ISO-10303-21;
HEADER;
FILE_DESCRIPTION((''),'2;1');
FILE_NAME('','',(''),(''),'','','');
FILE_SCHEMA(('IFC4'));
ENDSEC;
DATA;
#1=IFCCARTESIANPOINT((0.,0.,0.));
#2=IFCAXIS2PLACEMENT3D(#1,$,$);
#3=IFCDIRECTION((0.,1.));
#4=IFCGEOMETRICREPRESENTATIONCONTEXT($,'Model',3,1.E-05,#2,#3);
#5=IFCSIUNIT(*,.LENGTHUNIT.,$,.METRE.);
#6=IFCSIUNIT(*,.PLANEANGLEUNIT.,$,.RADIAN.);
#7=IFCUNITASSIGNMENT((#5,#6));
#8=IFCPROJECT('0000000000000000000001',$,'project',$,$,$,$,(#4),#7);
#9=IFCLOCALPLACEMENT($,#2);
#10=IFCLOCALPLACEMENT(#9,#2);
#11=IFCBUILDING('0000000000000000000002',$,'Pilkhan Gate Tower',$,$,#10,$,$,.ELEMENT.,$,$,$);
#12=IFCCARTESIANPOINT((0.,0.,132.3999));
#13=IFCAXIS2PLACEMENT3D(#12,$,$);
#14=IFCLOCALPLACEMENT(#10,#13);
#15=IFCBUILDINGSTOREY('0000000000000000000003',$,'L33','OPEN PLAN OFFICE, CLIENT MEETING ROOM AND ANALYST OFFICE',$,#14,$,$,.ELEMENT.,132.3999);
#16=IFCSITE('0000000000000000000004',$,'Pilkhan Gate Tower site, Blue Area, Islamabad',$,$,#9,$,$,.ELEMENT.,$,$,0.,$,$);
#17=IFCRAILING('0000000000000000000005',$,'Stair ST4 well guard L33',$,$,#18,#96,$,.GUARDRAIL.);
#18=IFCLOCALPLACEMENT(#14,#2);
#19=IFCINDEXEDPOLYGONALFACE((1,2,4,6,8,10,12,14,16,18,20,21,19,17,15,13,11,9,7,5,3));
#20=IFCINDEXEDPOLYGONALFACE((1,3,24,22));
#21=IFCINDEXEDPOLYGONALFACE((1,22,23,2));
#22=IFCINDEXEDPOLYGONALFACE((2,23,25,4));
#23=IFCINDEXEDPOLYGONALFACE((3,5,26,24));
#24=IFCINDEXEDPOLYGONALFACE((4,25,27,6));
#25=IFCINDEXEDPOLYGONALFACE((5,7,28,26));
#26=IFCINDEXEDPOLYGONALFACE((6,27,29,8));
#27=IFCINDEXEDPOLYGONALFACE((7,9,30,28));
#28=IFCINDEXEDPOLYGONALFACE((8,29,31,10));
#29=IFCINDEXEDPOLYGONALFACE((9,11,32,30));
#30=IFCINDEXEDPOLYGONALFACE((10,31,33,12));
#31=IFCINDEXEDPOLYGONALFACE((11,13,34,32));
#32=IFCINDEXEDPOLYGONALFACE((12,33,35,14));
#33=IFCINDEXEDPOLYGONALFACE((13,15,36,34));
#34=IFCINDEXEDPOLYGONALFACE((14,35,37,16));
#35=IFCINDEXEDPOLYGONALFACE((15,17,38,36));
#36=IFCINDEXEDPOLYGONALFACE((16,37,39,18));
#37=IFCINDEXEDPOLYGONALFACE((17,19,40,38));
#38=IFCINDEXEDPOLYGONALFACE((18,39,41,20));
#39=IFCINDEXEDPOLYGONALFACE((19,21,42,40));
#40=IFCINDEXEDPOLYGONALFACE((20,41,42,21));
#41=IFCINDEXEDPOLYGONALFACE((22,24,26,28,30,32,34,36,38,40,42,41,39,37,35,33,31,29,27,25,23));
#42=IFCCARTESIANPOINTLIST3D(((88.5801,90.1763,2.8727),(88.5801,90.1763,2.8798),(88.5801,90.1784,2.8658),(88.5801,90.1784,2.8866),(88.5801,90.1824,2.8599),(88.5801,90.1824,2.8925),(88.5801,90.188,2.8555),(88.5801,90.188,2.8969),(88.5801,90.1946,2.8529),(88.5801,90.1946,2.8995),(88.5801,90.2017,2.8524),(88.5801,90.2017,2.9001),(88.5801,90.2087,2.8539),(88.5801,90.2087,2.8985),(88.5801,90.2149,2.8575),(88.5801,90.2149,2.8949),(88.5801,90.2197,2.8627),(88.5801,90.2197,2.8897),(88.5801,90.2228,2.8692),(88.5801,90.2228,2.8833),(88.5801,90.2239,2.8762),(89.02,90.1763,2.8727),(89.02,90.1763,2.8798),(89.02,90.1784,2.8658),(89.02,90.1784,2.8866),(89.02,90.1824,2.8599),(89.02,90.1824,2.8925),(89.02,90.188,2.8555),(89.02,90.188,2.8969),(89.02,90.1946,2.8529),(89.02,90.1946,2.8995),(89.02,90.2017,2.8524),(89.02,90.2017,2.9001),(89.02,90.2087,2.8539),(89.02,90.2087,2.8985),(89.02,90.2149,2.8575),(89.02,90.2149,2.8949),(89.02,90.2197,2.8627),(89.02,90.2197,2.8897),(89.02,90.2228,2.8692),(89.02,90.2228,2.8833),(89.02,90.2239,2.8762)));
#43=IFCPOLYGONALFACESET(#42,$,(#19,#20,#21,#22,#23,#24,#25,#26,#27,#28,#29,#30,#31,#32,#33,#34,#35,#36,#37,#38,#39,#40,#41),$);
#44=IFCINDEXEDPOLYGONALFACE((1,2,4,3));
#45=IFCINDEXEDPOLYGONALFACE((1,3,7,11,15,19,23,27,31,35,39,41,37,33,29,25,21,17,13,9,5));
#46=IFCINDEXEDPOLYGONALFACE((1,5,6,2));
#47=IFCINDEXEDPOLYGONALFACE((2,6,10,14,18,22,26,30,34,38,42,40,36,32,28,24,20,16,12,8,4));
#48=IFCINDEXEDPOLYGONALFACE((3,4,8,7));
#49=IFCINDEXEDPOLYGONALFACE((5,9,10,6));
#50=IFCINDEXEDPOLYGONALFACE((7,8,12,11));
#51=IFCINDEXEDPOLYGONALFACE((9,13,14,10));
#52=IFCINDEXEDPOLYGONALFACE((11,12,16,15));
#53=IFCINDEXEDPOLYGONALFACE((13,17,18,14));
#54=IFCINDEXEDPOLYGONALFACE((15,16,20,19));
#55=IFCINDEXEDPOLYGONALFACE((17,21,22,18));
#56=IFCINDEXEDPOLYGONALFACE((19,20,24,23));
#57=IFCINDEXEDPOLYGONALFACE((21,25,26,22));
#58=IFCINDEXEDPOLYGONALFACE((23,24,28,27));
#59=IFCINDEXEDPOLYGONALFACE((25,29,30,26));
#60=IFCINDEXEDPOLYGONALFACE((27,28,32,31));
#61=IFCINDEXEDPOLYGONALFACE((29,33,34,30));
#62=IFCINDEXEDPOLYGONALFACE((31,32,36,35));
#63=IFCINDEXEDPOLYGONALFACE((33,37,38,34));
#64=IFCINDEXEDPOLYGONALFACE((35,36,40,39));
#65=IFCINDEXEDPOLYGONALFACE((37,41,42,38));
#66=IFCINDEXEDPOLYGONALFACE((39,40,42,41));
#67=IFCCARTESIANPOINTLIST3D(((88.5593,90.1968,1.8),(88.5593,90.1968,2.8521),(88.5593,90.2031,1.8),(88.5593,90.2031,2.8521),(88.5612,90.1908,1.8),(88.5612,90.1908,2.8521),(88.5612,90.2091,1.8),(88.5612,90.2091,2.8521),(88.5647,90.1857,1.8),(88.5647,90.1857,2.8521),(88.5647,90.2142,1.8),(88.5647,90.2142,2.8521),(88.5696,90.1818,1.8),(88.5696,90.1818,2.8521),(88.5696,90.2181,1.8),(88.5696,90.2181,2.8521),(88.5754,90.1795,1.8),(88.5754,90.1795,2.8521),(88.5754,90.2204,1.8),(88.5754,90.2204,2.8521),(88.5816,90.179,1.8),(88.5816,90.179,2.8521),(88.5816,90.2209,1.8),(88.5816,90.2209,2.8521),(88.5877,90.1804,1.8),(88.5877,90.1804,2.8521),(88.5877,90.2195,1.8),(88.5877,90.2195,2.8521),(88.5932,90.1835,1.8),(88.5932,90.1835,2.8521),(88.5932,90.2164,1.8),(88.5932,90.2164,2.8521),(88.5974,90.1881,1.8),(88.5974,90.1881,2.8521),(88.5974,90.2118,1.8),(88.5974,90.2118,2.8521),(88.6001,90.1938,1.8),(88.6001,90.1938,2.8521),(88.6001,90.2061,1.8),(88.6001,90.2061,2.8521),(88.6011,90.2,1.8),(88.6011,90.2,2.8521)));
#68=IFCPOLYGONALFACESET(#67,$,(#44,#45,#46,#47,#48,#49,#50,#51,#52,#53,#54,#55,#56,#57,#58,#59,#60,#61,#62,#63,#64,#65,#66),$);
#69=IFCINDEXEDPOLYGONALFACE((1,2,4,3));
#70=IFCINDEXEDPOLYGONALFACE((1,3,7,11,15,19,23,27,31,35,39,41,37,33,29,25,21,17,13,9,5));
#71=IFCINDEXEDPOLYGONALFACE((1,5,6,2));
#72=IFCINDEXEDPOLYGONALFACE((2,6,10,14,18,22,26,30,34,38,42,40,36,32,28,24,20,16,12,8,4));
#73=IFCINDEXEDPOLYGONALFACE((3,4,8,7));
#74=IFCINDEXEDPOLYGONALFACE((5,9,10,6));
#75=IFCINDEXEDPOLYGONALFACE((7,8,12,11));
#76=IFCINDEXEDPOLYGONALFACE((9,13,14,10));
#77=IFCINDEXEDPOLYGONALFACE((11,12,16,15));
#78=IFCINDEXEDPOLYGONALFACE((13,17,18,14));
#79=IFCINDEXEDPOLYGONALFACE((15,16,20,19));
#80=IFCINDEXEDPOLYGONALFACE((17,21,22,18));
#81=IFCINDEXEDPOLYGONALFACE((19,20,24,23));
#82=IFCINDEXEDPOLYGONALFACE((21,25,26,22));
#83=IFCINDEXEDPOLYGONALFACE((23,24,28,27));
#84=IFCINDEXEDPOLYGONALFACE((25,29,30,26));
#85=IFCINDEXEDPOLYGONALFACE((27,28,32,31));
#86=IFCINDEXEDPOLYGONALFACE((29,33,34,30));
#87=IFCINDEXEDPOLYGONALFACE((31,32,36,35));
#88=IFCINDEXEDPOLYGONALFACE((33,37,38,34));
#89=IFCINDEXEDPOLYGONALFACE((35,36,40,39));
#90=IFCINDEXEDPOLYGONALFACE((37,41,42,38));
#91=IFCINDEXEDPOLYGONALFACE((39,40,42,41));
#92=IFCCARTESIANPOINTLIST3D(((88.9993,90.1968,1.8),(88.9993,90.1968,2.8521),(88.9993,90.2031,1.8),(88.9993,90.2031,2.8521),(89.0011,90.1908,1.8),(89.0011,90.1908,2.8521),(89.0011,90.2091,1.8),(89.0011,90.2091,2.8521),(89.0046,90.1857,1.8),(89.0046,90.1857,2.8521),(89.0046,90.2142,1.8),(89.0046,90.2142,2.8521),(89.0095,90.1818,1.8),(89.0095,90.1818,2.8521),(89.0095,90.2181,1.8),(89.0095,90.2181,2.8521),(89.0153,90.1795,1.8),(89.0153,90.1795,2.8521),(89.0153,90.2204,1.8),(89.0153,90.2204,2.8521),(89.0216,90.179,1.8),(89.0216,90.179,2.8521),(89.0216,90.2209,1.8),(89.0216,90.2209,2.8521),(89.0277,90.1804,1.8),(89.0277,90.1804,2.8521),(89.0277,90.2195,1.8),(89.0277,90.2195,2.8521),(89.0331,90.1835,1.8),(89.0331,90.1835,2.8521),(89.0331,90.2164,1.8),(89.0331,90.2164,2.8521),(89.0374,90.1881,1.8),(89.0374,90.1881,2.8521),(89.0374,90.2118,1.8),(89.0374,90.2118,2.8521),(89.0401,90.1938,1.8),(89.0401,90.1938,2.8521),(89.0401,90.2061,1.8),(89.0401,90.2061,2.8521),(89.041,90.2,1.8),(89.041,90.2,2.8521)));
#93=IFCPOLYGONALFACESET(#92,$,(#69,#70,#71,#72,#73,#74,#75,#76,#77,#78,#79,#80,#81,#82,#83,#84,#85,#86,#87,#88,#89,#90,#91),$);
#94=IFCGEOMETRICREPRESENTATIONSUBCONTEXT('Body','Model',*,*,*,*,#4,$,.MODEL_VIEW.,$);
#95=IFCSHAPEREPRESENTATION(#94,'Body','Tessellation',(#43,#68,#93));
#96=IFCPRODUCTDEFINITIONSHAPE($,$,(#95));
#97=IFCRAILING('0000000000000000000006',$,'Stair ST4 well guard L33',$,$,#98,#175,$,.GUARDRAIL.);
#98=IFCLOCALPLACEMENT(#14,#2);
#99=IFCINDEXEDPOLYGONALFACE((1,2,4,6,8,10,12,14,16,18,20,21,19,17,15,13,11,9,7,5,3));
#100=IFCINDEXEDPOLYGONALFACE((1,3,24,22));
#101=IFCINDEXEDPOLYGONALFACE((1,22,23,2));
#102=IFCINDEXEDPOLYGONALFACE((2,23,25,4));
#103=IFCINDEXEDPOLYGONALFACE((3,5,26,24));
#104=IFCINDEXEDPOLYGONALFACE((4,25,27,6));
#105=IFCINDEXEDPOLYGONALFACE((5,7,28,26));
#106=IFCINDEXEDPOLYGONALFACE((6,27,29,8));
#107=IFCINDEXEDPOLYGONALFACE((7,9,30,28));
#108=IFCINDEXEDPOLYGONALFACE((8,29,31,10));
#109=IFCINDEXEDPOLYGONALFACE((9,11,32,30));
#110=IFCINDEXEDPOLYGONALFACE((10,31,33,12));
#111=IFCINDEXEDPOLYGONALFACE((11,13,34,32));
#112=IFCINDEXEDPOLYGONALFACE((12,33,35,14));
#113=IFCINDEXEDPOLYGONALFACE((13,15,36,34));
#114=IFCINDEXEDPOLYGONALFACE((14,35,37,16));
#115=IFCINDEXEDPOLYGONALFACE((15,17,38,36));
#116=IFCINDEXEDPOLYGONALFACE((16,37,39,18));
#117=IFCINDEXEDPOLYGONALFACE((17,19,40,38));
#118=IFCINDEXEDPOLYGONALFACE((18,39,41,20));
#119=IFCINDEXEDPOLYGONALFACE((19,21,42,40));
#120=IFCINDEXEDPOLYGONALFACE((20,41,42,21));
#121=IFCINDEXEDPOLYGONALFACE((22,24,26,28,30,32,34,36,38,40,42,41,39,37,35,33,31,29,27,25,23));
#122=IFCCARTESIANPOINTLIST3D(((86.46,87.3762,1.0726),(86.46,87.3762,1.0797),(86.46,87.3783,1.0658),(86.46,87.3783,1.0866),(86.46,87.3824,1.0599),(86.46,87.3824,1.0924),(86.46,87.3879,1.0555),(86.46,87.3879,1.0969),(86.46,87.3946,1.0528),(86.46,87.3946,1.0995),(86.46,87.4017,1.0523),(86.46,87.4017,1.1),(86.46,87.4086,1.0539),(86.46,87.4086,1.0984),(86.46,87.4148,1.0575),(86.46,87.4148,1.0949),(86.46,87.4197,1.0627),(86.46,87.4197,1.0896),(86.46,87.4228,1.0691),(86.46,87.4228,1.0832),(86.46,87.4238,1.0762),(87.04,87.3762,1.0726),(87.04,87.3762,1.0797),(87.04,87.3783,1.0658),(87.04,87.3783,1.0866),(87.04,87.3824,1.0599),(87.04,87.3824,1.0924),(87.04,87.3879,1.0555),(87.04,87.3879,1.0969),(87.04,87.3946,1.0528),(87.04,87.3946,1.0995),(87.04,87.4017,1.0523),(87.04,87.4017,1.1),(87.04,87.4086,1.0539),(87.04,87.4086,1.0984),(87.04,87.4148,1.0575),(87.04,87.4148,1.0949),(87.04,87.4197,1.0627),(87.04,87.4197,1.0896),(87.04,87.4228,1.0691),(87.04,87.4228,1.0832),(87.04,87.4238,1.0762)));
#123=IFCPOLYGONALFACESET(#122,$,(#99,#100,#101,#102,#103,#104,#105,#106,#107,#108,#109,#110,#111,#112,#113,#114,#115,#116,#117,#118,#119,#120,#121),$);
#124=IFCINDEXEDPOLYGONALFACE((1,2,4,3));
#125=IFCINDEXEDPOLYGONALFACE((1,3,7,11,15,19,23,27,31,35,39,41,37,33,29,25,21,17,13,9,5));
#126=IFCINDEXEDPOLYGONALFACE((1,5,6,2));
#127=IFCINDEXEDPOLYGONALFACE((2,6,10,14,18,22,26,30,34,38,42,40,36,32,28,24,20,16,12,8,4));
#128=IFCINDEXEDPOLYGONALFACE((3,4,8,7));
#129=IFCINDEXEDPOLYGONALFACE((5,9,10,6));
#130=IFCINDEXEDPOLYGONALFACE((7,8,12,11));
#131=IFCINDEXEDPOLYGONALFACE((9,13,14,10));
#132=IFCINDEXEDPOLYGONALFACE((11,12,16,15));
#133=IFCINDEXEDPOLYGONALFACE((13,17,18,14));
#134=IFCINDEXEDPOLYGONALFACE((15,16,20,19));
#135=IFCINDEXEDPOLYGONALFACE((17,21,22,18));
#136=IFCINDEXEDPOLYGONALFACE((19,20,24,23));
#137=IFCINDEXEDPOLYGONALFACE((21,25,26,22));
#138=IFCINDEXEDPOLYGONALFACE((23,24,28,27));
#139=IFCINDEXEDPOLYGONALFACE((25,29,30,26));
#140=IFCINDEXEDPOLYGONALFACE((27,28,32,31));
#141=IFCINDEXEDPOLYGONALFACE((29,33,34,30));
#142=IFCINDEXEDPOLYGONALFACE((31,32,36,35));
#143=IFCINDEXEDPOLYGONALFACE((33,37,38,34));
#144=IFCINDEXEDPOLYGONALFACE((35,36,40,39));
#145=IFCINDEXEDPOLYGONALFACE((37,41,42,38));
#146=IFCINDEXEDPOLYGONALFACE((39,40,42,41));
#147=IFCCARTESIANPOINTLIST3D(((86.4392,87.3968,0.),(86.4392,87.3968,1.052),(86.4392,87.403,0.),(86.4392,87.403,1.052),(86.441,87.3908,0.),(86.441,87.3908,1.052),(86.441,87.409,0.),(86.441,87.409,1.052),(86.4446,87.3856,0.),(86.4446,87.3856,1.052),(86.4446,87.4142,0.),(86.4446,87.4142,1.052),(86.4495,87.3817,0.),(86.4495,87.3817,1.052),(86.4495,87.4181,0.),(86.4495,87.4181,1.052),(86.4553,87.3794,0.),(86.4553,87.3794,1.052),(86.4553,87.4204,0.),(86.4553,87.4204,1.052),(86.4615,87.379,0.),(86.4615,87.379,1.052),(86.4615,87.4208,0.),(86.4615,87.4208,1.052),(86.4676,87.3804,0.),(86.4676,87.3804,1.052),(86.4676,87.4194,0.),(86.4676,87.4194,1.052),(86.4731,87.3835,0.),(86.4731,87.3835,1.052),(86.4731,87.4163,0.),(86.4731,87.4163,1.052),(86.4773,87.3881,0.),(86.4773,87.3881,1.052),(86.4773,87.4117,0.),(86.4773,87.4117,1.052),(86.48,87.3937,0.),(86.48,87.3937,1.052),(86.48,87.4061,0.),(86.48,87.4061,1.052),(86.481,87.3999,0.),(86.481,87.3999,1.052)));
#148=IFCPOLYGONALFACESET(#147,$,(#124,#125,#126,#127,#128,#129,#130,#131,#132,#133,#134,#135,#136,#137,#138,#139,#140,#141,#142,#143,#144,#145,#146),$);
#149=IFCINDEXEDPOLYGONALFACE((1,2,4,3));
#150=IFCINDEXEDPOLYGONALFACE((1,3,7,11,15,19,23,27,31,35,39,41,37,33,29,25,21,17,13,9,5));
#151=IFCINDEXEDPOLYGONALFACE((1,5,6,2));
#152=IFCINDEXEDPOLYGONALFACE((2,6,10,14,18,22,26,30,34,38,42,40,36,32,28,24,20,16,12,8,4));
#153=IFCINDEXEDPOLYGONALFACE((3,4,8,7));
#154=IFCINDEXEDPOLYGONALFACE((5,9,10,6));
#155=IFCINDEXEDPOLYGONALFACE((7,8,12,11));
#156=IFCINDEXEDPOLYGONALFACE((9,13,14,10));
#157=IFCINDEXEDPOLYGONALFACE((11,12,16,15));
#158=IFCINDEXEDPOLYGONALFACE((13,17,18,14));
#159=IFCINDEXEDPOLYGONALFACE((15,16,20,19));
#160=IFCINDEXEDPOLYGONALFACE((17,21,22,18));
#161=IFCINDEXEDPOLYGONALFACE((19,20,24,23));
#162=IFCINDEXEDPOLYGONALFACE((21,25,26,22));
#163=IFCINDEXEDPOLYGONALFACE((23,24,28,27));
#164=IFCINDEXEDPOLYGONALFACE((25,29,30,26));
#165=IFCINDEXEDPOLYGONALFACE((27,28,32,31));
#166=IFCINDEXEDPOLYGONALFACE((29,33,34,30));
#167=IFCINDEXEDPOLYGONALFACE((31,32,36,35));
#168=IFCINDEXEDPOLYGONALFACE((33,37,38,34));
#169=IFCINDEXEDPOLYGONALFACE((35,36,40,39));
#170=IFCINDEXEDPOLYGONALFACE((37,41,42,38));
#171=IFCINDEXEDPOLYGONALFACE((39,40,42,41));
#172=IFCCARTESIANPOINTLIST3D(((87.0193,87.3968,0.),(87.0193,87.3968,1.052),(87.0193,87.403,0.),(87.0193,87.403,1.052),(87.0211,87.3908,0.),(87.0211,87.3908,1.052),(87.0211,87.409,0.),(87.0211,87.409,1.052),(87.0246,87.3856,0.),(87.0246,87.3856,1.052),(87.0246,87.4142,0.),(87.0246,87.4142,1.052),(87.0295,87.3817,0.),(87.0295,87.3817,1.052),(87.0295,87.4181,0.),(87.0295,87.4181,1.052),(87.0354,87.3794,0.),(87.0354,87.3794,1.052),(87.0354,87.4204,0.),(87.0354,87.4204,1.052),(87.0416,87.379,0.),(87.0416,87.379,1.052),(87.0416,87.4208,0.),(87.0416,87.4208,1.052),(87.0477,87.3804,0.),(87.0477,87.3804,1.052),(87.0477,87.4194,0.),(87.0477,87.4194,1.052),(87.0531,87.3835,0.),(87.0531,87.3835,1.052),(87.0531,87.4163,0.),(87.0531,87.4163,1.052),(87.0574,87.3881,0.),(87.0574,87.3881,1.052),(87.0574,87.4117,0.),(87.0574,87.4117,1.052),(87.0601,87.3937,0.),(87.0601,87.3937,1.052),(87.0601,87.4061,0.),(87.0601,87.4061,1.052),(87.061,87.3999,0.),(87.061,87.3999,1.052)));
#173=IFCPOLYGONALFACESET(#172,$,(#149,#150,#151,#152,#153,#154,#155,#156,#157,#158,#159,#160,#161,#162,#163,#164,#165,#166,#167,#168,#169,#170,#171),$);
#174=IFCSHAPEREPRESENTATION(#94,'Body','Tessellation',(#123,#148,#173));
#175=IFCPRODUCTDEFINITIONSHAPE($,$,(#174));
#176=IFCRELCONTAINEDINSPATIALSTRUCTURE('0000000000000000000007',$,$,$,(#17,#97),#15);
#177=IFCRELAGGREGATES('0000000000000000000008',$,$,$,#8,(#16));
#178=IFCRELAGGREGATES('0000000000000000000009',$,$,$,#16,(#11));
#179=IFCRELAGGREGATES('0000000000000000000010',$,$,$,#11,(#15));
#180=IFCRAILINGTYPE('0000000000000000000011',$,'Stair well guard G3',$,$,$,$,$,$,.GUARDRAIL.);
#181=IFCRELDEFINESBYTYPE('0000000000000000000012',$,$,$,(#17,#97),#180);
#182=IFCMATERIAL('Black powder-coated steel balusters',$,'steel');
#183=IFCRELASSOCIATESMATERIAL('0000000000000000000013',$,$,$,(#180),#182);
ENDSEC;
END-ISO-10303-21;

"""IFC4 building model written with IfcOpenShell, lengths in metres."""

from ifc_helpers import new_model, si_unit, direction, frame, origin, origin_2d, place, context, subcontext, project, spatial, circle, extrude, material, type_object, element, save


model = new_model("IFC4")

# Units and contexts
model_context = context("Model", 3, precision=1e-05, world=origin(), true_north=direction((0.0, 1.0)))
body_context = subcontext(model_context, "Body", "Model", "MODEL_VIEW")
ifc_project = project(units=[si_unit("LENGTHUNIT", "METRE"), si_unit("PLANEANGLEUNIT", "RADIAN")], contexts=[model_context])

# Site, building, storey
site_placement = place(None, origin())
site = spatial("IfcSite", under=ifc_project, at=site_placement, Name="Pilkhan Gate Tower site, Blue Area, Islamabad", CompositionType="ELEMENT", RefElevation=0.0)
building_placement = place(site_placement, origin())
building = spatial("IfcBuilding", under=site, at=building_placement, Name="Pilkhan Gate Tower", CompositionType="ELEMENT")
storey_placement = place(building_placement, frame((0.0, 0.0, 132.3999)))
storey = spatial("IfcBuildingStorey", under=building, at=storey_placement, Name="L33", Description="OPEN PLAN OFFICE, CLIENT MEETING ROOM AND ANALYST OFFICE", CompositionType="ELEMENT", Elevation=132.3999)

# Railings
ifc_material_1 = material(Name="Black powder-coated steel balusters", Category="steel")
railing_type_1 = type_object("IfcRailingType", Name="Stair well guard G3", PredefinedType="GUARDRAIL", material=ifc_material_1)
railing_1_placement = place(storey_placement, frame((88.5801, 90.2, 1.8)))
element("IfcRailing", 1, at=railing_1_placement, inside=storey, type_object=railing_type_1, Name="Stair ST4 well guard L33", PredefinedType="GUARDRAIL", context=body_context, shape_type="SweptSolid", body=[
    extrude(circle(Radius=0.0239, at=origin_2d()), frame((0.0, 0.0, 1.0762), z_axis=(1.0, 0.0, 0.0), x_axis=(0.0, 1.0, 0.0)), (0.0, 0.0, 1.0), 0.4399),
    extrude(circle(Radius=0.021, at=origin_2d()), origin(), (0.0, 0.0, 1.0), 1.052),
    extrude(circle(Radius=0.021, at=origin_2d()), frame((0.4399, 0.0, 0.0)), (0.0, 0.0, 1.0), 1.052),
])
for number, where, name in (
    (2, (86.46, 87.3999, 0.0), "Stair ST4 well guard L33"),
):
    element("IfcRailing", number, at=place(storey_placement, frame(where)), inside=storey, type_object=railing_type_1, Name=name, PredefinedType="GUARDRAIL", context=body_context, shape_type="SweptSolid", body=[
        extrude(circle(Radius=0.0239, at=origin_2d()), frame((0.0, 0.0, 1.0762), z_axis=(1.0, 0.0, 0.0), x_axis=(0.0, 1.0, 0.0)), (0.0, 0.0, 1.0), 0.5801),
        extrude(circle(Radius=0.021, at=origin_2d()), origin(), (0.0, 0.0, 1.0), 1.052),
        extrude(circle(Radius=0.021, at=origin_2d()), frame((0.5801, 0.0, 0.0)), (0.0, 0.0, 1.0), 1.052),
    ])

save(model, "model.ifc")
